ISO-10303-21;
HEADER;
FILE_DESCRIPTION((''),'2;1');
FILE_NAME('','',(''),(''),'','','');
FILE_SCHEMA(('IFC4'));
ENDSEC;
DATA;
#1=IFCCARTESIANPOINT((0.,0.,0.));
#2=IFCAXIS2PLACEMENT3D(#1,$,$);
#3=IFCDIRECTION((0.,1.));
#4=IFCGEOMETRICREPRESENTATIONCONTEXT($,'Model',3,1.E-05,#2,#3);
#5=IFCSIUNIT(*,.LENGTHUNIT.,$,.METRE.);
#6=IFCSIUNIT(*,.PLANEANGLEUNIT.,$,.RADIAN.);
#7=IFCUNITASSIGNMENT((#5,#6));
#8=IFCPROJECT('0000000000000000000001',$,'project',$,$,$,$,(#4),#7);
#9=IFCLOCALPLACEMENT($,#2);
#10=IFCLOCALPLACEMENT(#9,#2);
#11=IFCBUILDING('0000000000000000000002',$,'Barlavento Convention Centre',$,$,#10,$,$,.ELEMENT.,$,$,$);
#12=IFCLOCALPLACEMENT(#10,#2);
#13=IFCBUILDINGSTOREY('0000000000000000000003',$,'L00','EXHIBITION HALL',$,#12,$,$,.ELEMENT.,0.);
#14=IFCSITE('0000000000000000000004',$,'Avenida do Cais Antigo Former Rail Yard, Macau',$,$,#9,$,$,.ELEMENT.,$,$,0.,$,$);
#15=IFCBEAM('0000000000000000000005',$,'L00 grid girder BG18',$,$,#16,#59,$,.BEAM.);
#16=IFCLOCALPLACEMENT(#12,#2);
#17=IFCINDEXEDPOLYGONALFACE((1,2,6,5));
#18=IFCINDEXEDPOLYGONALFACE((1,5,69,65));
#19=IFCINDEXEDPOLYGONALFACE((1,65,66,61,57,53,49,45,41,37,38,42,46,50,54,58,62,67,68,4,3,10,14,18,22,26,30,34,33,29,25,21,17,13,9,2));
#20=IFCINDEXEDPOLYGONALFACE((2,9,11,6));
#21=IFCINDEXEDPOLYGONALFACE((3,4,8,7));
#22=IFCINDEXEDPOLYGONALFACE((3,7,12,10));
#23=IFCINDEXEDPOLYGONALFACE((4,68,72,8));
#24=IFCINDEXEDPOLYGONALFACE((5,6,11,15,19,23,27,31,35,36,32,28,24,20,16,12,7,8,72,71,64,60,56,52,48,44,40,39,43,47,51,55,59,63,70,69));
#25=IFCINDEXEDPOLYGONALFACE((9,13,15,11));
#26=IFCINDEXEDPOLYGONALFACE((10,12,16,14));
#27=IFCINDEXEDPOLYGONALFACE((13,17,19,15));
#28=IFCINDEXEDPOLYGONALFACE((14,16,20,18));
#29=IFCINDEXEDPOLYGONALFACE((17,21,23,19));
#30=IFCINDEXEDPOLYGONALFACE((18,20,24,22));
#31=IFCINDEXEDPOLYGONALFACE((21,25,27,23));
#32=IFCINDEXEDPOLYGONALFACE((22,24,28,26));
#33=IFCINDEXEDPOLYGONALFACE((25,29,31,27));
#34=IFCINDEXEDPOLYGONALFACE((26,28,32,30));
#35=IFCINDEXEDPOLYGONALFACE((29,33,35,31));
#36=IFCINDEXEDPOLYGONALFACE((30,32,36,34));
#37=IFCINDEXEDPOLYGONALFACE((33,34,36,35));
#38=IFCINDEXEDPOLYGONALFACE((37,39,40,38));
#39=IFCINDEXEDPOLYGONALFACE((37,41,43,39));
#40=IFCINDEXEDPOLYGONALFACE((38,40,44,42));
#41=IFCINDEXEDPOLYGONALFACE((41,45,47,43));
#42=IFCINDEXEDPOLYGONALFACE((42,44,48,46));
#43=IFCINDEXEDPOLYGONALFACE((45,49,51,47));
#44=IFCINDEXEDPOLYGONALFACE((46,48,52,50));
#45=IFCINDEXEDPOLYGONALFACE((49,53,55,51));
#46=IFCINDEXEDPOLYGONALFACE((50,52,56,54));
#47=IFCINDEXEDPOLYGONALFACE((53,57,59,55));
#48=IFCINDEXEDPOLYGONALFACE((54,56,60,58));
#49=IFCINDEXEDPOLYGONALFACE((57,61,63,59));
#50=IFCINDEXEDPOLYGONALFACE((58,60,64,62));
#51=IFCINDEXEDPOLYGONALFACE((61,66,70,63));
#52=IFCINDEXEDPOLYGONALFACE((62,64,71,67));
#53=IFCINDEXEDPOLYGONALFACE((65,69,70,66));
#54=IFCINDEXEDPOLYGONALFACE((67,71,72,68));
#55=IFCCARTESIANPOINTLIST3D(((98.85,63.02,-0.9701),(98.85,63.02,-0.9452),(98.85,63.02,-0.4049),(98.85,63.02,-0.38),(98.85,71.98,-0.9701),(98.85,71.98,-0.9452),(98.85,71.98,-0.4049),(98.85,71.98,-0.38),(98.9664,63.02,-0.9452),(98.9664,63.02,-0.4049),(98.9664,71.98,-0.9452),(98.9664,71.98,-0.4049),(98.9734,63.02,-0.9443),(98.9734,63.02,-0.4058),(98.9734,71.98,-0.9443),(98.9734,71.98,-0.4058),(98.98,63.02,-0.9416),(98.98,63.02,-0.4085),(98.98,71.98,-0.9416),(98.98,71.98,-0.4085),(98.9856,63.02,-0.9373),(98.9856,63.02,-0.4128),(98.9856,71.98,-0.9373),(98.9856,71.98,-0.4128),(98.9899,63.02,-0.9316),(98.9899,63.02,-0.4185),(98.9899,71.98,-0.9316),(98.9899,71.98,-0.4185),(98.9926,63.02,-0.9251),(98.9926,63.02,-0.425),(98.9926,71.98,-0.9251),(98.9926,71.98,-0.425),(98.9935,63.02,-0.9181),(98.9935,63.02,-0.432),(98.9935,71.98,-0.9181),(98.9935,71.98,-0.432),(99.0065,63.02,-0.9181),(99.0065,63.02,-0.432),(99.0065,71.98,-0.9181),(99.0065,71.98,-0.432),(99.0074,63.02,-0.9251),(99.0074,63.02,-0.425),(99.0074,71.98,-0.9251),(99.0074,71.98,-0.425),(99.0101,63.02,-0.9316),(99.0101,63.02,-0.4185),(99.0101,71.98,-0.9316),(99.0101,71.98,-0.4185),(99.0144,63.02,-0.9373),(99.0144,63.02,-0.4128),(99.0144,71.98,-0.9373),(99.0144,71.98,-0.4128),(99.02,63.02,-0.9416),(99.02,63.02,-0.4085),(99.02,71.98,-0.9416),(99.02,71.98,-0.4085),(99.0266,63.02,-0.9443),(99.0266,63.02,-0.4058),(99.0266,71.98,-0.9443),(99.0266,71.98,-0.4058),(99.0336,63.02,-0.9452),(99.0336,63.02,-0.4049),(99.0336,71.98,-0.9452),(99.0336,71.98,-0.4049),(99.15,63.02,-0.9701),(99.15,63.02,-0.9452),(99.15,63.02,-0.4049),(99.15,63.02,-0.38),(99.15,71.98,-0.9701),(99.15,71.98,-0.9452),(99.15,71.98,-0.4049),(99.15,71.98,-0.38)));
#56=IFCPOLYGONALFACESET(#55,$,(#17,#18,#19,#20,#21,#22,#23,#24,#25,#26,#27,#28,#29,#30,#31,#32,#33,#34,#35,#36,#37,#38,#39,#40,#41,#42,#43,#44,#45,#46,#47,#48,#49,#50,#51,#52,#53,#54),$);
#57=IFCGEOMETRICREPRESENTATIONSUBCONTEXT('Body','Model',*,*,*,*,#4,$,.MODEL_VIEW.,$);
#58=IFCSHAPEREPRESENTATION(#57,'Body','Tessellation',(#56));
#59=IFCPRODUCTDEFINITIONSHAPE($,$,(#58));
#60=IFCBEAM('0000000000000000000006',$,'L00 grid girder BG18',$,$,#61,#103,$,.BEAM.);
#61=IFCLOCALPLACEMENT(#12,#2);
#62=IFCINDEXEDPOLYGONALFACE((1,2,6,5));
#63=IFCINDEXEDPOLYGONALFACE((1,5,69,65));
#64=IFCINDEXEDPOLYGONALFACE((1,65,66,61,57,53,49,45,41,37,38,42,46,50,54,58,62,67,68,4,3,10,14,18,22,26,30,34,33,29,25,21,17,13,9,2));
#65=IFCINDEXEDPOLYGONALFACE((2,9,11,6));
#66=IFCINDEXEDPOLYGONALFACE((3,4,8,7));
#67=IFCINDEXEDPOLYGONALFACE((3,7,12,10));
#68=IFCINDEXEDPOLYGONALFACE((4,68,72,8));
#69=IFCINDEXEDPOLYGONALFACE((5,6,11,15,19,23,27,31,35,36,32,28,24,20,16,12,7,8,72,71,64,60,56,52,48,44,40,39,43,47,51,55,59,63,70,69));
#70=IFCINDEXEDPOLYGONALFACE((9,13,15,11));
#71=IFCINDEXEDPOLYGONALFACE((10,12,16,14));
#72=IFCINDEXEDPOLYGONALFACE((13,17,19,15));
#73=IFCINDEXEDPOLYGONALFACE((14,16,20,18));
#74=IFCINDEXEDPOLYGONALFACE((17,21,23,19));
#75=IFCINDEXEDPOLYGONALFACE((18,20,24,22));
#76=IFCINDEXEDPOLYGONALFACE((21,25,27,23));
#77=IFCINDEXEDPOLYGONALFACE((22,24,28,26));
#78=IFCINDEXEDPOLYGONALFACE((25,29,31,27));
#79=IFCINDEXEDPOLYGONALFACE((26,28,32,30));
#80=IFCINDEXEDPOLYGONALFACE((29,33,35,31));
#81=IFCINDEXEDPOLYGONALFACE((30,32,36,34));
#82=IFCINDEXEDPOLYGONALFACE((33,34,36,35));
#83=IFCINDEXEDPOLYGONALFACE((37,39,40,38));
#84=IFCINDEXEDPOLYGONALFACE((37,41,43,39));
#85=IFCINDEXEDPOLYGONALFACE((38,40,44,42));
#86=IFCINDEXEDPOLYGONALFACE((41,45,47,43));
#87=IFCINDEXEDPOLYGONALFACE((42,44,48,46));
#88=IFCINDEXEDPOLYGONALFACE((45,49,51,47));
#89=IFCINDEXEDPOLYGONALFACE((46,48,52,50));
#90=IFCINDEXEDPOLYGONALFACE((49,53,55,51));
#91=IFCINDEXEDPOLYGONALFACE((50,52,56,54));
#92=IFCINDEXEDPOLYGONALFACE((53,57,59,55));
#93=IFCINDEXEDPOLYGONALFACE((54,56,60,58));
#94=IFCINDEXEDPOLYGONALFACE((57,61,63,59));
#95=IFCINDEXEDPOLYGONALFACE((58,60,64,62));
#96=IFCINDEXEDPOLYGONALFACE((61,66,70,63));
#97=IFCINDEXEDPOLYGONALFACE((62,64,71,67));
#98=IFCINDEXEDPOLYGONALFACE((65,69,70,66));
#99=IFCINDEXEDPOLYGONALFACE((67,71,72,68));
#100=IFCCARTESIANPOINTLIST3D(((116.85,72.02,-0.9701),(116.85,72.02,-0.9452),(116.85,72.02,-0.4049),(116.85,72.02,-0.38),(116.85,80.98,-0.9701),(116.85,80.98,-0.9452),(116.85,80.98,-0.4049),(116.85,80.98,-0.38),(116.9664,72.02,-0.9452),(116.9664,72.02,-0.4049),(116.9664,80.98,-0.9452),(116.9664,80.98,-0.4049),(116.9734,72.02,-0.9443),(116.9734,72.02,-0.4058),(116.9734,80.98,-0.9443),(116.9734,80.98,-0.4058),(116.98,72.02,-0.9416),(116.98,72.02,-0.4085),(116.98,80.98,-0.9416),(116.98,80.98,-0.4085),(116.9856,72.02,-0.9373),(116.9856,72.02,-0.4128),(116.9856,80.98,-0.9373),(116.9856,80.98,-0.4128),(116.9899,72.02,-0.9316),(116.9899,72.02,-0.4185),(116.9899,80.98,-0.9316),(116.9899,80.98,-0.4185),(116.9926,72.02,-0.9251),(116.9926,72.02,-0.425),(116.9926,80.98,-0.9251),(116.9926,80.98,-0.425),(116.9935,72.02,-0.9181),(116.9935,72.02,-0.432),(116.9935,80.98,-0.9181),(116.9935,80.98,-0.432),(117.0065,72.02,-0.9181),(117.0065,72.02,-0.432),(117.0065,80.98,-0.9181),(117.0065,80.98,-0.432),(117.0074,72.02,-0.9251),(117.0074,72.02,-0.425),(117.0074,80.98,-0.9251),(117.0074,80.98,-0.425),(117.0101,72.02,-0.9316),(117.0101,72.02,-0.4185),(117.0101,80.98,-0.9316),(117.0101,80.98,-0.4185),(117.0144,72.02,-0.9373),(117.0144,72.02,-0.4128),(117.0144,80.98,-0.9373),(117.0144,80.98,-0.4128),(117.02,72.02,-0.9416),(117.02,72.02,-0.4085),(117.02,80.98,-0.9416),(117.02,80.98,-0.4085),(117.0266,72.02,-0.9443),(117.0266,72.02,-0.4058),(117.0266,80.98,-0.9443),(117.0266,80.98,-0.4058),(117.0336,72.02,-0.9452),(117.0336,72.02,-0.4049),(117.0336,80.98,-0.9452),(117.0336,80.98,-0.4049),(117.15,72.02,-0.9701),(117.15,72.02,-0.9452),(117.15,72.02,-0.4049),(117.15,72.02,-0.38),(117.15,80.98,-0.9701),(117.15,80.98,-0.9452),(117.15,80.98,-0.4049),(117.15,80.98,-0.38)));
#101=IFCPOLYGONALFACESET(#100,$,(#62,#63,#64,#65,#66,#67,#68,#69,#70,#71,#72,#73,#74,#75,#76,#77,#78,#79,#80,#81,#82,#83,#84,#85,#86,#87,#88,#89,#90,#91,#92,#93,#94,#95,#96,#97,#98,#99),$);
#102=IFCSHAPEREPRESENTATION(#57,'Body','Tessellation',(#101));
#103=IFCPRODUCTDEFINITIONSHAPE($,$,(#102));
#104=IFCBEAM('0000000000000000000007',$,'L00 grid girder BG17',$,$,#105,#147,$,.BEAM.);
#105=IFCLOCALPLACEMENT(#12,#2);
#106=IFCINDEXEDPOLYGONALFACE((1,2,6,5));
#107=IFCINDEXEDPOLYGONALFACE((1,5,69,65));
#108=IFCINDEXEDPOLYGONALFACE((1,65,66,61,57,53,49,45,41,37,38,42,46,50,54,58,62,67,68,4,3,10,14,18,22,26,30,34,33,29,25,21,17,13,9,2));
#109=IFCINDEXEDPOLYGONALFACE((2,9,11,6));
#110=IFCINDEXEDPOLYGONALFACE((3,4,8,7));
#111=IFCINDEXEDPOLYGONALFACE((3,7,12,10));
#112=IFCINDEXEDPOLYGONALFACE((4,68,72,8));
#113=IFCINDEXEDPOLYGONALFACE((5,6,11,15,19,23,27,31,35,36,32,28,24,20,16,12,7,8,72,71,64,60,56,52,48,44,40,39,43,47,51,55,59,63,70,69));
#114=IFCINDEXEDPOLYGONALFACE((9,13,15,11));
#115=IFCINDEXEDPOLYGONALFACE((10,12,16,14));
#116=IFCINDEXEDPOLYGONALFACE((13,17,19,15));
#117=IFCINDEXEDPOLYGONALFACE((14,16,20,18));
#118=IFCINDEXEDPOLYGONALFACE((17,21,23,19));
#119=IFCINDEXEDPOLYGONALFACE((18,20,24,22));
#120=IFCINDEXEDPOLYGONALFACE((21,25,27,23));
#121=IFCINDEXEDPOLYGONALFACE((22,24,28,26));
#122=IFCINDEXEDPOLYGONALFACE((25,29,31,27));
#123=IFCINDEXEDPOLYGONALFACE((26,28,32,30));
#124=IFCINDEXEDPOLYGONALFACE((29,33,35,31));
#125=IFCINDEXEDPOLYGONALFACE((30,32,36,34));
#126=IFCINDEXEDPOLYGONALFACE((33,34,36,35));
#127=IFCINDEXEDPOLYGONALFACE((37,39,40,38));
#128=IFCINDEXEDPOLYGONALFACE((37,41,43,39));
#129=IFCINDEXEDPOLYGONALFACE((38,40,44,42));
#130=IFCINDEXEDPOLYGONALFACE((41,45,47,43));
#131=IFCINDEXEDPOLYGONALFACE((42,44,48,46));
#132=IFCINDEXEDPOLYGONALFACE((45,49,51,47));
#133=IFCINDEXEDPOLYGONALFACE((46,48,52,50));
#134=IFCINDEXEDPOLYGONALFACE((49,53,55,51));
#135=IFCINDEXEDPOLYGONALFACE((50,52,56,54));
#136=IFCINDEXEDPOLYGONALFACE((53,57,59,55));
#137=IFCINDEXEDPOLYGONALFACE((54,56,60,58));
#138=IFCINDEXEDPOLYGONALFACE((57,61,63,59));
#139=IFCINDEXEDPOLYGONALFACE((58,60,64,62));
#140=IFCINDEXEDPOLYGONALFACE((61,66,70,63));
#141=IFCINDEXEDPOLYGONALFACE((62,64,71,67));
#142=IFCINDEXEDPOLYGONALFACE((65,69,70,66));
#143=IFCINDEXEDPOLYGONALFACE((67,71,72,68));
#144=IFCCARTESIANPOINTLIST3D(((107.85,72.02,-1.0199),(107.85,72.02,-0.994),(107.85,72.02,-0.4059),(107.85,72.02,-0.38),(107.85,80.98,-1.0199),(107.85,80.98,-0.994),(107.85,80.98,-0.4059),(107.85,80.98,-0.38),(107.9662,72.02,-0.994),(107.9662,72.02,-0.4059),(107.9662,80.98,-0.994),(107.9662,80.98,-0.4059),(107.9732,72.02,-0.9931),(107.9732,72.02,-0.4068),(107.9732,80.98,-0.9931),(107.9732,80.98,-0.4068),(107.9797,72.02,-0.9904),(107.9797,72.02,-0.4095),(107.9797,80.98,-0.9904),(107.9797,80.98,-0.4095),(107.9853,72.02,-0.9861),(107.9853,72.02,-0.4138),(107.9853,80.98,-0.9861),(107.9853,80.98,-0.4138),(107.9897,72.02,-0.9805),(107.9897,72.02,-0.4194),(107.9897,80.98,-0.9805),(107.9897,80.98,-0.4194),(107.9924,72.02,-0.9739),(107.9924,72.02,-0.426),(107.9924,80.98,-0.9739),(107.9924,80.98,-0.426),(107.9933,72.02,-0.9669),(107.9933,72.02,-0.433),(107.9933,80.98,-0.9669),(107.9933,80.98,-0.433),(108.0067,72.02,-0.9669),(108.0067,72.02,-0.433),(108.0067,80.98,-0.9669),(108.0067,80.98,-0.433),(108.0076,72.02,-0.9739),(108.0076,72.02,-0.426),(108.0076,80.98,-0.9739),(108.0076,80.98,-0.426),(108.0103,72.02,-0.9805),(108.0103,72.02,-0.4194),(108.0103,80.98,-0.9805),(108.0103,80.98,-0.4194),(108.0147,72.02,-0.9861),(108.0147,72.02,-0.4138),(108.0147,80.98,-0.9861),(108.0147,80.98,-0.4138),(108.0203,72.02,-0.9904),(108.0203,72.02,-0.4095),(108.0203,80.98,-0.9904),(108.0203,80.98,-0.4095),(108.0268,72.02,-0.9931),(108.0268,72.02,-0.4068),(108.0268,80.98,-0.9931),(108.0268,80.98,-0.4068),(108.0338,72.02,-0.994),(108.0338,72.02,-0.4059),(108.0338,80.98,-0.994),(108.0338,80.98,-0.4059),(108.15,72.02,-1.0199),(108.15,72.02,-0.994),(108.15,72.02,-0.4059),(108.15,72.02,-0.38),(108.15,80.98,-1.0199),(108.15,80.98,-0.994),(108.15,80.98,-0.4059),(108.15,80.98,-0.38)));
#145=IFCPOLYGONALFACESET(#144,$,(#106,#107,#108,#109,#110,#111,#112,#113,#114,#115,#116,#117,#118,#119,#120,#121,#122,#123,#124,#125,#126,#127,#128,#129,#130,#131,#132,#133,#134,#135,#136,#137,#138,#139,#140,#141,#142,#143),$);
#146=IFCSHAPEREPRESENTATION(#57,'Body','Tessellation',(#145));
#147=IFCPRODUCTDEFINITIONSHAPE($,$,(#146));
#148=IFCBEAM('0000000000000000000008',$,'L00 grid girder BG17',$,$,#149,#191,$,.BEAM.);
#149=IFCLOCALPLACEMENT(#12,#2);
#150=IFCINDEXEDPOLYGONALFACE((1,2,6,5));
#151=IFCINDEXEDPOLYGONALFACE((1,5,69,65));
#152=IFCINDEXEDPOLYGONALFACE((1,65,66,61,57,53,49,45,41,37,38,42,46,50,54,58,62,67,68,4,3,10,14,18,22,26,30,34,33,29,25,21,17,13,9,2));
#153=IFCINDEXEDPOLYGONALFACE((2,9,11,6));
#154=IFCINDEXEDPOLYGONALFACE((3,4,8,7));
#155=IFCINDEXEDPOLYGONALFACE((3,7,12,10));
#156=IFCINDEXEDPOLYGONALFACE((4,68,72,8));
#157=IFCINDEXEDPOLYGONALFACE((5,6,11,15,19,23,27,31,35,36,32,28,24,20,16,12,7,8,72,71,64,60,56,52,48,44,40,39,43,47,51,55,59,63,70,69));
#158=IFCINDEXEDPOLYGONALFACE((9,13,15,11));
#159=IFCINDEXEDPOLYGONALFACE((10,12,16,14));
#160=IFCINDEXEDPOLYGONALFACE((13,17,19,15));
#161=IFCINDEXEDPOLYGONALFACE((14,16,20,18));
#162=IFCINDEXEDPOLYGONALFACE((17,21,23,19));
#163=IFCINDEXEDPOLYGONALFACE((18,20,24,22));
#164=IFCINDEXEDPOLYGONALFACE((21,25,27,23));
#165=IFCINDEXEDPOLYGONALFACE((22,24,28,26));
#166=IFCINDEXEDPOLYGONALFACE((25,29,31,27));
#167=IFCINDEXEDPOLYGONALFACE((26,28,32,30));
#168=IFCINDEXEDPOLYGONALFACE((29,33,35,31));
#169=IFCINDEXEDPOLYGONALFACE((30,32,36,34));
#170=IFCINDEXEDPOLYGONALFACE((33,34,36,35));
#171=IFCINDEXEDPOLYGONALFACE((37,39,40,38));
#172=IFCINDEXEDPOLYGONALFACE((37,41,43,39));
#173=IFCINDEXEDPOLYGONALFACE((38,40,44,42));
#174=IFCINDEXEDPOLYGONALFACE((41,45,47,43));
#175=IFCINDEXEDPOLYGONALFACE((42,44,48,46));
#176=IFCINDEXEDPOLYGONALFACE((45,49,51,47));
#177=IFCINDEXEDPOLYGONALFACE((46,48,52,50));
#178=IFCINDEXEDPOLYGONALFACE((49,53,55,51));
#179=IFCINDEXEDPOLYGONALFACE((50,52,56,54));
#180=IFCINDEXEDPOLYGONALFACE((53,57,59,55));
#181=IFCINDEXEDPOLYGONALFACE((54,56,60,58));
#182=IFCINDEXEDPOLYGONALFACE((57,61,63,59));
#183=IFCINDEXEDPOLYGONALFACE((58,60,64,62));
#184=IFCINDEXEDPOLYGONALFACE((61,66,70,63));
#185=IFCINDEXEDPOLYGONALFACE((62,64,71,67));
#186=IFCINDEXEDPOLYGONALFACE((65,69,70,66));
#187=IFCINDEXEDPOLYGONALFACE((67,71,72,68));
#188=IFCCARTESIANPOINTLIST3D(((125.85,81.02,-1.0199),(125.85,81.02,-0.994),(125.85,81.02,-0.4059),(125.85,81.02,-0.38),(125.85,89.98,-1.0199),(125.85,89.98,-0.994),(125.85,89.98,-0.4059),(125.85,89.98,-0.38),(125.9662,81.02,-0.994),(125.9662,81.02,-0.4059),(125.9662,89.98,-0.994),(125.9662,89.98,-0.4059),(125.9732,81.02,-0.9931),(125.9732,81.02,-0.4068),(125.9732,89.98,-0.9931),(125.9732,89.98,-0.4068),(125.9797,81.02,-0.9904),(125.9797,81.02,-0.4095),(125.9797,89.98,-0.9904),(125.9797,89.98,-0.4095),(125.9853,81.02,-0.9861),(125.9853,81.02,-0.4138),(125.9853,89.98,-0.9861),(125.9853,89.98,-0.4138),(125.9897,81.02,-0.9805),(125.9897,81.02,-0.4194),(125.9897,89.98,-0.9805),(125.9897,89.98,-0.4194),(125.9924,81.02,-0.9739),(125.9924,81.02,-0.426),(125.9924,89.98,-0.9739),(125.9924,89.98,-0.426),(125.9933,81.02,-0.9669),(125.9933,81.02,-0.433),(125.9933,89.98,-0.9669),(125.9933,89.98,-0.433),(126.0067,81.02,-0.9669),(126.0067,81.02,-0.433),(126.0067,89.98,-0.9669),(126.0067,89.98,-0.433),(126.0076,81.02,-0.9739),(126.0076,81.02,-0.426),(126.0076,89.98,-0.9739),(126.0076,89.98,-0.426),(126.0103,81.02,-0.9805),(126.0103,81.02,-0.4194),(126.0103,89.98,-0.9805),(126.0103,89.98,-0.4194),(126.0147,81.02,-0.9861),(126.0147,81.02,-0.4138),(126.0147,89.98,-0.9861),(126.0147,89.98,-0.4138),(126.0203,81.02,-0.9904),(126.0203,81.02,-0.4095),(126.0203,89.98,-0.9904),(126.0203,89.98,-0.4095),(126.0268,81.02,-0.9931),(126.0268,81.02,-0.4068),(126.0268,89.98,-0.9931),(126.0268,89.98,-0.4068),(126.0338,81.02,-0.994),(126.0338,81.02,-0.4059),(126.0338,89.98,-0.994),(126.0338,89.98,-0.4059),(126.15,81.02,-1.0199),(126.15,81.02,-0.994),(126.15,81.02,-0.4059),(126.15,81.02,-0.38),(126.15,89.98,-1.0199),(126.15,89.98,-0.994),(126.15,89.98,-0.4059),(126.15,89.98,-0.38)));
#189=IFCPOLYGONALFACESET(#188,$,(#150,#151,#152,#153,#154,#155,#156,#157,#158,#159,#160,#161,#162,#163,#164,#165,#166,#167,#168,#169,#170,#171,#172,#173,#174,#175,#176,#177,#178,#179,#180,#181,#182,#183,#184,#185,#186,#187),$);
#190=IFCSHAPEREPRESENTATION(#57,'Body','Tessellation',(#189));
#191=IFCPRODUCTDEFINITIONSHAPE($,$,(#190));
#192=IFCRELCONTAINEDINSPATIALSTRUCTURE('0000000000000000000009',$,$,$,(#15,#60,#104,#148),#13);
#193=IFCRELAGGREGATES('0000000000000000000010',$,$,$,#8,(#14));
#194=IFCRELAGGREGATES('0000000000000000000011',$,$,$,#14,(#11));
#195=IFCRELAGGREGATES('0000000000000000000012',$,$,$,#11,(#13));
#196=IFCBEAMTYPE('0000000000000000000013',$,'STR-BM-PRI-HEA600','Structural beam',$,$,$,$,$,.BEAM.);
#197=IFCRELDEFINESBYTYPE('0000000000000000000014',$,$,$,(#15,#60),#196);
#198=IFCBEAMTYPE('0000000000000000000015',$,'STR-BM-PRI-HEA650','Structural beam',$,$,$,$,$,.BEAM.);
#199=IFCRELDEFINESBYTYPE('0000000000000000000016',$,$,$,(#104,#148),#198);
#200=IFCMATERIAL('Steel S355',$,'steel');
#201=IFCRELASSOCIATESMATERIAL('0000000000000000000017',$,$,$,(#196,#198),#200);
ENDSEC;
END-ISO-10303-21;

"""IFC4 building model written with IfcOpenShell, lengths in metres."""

from ifc_helpers import new_model, si_unit, direction, frame, origin, origin_2d, place, context, subcontext, project, spatial, i_section, extrude, material, material_profile, profile_set, type_object, element, save


model = new_model("IFC4")

# Units and contexts
model_context = context("Model", 3, precision=1e-05, world=origin(), true_north=direction((0.0, 1.0)))
body_context = subcontext(model_context, "Body", "Model", "MODEL_VIEW")
ifc_project = project(units=[si_unit("LENGTHUNIT", "METRE"), si_unit("PLANEANGLEUNIT", "RADIAN")], contexts=[model_context])

# Site, building, storey
site_placement = place(None, origin())
site = spatial("IfcSite", under=ifc_project, at=site_placement, Name="Avenida do Cais Antigo Former Rail Yard, Macau", CompositionType="ELEMENT", RefElevation=0.0)
building_placement = place(site_placement, origin())
building = spatial("IfcBuilding", under=site, at=building_placement, Name="Barlavento Convention Centre", CompositionType="ELEMENT")
storey_placement = place(building_placement, origin())
storey = spatial("IfcBuildingStorey", under=building, at=storey_placement, Name="L00", Description="EXHIBITION HALL", CompositionType="ELEMENT", Elevation=0.0)

# Beams
ifc_material_1 = material(Name="Steel S355", Category="steel")
ifc_material_profile_1 = material_profile(ifc_material_1, i_section(OverallWidth=0.3, OverallDepth=0.5901, WebThickness=0.0129, FlangeThickness=0.0249, FilletRadius=0.0271, at=origin_2d()), Name="HEA 600")
ifc_profile_set_1 = profile_set([ifc_material_profile_1], Name="Steel S355")
beam_type_1 = type_object("IfcBeamType", Name="STR-BM-PRI-HEA600", Description="Structural beam", PredefinedType="BEAM", material=ifc_profile_set_1)
for number, where, z_axis, x_axis, name in (
    (1, (99.0, 63.02, -0.675), (0.0, 1.0, 0.0), (-1.0, 0.0, 0.0), "L00 grid girder BG18"),
    (2, (117.0, 72.02, -0.675), (0.0, 1.0, 0.0), (-1.0, 0.0, 0.0), "L00 grid girder BG18"),
):
    element("IfcBeam", number, at=place(storey_placement, frame(where, z_axis=z_axis, x_axis=x_axis)), inside=storey, type_object=beam_type_1, Name=name, PredefinedType="BEAM", context=body_context, shape_type="SweptSolid", body=[
        extrude(i_section(OverallWidth=0.3, OverallDepth=0.5901, WebThickness=0.0129, FlangeThickness=0.0249, FilletRadius=0.0271, at=origin_2d()), origin(), (0.0, 0.0, 1.0), 8.96),
    ])
ifc_material_profile_2 = material_profile(ifc_material_1, i_section(OverallWidth=0.3, OverallDepth=0.6399, WebThickness=0.0134, FlangeThickness=0.0259, FilletRadius=0.0271, at=origin_2d()), Name="HEA 650")
ifc_profile_set_2 = profile_set([ifc_material_profile_2], Name="Steel S355")
beam_type_2 = type_object("IfcBeamType", Name="STR-BM-PRI-HEA650", Description="Structural beam", PredefinedType="BEAM", material=ifc_profile_set_2)
for number, where, z_axis, x_axis, name in (
    (3, (108.0, 72.02, -0.7), (0.0, 1.0, 0.0), (-1.0, 0.0, 0.0), "L00 grid girder BG17"),
    (4, (126.0, 81.02, -0.7), (0.0, 1.0, 0.0), (-1.0, 0.0, 0.0), "L00 grid girder BG17"),
):
    element("IfcBeam", number, at=place(storey_placement, frame(where, z_axis=z_axis, x_axis=x_axis)), inside=storey, type_object=beam_type_2, Name=name, PredefinedType="BEAM", context=body_context, shape_type="SweptSolid", body=[
        extrude(i_section(OverallWidth=0.3, OverallDepth=0.6399, WebThickness=0.0134, FlangeThickness=0.0259, FilletRadius=0.0271, at=origin_2d()), origin(), (0.0, 0.0, 1.0), 8.96),
    ])

save(model, "model.ifc")
